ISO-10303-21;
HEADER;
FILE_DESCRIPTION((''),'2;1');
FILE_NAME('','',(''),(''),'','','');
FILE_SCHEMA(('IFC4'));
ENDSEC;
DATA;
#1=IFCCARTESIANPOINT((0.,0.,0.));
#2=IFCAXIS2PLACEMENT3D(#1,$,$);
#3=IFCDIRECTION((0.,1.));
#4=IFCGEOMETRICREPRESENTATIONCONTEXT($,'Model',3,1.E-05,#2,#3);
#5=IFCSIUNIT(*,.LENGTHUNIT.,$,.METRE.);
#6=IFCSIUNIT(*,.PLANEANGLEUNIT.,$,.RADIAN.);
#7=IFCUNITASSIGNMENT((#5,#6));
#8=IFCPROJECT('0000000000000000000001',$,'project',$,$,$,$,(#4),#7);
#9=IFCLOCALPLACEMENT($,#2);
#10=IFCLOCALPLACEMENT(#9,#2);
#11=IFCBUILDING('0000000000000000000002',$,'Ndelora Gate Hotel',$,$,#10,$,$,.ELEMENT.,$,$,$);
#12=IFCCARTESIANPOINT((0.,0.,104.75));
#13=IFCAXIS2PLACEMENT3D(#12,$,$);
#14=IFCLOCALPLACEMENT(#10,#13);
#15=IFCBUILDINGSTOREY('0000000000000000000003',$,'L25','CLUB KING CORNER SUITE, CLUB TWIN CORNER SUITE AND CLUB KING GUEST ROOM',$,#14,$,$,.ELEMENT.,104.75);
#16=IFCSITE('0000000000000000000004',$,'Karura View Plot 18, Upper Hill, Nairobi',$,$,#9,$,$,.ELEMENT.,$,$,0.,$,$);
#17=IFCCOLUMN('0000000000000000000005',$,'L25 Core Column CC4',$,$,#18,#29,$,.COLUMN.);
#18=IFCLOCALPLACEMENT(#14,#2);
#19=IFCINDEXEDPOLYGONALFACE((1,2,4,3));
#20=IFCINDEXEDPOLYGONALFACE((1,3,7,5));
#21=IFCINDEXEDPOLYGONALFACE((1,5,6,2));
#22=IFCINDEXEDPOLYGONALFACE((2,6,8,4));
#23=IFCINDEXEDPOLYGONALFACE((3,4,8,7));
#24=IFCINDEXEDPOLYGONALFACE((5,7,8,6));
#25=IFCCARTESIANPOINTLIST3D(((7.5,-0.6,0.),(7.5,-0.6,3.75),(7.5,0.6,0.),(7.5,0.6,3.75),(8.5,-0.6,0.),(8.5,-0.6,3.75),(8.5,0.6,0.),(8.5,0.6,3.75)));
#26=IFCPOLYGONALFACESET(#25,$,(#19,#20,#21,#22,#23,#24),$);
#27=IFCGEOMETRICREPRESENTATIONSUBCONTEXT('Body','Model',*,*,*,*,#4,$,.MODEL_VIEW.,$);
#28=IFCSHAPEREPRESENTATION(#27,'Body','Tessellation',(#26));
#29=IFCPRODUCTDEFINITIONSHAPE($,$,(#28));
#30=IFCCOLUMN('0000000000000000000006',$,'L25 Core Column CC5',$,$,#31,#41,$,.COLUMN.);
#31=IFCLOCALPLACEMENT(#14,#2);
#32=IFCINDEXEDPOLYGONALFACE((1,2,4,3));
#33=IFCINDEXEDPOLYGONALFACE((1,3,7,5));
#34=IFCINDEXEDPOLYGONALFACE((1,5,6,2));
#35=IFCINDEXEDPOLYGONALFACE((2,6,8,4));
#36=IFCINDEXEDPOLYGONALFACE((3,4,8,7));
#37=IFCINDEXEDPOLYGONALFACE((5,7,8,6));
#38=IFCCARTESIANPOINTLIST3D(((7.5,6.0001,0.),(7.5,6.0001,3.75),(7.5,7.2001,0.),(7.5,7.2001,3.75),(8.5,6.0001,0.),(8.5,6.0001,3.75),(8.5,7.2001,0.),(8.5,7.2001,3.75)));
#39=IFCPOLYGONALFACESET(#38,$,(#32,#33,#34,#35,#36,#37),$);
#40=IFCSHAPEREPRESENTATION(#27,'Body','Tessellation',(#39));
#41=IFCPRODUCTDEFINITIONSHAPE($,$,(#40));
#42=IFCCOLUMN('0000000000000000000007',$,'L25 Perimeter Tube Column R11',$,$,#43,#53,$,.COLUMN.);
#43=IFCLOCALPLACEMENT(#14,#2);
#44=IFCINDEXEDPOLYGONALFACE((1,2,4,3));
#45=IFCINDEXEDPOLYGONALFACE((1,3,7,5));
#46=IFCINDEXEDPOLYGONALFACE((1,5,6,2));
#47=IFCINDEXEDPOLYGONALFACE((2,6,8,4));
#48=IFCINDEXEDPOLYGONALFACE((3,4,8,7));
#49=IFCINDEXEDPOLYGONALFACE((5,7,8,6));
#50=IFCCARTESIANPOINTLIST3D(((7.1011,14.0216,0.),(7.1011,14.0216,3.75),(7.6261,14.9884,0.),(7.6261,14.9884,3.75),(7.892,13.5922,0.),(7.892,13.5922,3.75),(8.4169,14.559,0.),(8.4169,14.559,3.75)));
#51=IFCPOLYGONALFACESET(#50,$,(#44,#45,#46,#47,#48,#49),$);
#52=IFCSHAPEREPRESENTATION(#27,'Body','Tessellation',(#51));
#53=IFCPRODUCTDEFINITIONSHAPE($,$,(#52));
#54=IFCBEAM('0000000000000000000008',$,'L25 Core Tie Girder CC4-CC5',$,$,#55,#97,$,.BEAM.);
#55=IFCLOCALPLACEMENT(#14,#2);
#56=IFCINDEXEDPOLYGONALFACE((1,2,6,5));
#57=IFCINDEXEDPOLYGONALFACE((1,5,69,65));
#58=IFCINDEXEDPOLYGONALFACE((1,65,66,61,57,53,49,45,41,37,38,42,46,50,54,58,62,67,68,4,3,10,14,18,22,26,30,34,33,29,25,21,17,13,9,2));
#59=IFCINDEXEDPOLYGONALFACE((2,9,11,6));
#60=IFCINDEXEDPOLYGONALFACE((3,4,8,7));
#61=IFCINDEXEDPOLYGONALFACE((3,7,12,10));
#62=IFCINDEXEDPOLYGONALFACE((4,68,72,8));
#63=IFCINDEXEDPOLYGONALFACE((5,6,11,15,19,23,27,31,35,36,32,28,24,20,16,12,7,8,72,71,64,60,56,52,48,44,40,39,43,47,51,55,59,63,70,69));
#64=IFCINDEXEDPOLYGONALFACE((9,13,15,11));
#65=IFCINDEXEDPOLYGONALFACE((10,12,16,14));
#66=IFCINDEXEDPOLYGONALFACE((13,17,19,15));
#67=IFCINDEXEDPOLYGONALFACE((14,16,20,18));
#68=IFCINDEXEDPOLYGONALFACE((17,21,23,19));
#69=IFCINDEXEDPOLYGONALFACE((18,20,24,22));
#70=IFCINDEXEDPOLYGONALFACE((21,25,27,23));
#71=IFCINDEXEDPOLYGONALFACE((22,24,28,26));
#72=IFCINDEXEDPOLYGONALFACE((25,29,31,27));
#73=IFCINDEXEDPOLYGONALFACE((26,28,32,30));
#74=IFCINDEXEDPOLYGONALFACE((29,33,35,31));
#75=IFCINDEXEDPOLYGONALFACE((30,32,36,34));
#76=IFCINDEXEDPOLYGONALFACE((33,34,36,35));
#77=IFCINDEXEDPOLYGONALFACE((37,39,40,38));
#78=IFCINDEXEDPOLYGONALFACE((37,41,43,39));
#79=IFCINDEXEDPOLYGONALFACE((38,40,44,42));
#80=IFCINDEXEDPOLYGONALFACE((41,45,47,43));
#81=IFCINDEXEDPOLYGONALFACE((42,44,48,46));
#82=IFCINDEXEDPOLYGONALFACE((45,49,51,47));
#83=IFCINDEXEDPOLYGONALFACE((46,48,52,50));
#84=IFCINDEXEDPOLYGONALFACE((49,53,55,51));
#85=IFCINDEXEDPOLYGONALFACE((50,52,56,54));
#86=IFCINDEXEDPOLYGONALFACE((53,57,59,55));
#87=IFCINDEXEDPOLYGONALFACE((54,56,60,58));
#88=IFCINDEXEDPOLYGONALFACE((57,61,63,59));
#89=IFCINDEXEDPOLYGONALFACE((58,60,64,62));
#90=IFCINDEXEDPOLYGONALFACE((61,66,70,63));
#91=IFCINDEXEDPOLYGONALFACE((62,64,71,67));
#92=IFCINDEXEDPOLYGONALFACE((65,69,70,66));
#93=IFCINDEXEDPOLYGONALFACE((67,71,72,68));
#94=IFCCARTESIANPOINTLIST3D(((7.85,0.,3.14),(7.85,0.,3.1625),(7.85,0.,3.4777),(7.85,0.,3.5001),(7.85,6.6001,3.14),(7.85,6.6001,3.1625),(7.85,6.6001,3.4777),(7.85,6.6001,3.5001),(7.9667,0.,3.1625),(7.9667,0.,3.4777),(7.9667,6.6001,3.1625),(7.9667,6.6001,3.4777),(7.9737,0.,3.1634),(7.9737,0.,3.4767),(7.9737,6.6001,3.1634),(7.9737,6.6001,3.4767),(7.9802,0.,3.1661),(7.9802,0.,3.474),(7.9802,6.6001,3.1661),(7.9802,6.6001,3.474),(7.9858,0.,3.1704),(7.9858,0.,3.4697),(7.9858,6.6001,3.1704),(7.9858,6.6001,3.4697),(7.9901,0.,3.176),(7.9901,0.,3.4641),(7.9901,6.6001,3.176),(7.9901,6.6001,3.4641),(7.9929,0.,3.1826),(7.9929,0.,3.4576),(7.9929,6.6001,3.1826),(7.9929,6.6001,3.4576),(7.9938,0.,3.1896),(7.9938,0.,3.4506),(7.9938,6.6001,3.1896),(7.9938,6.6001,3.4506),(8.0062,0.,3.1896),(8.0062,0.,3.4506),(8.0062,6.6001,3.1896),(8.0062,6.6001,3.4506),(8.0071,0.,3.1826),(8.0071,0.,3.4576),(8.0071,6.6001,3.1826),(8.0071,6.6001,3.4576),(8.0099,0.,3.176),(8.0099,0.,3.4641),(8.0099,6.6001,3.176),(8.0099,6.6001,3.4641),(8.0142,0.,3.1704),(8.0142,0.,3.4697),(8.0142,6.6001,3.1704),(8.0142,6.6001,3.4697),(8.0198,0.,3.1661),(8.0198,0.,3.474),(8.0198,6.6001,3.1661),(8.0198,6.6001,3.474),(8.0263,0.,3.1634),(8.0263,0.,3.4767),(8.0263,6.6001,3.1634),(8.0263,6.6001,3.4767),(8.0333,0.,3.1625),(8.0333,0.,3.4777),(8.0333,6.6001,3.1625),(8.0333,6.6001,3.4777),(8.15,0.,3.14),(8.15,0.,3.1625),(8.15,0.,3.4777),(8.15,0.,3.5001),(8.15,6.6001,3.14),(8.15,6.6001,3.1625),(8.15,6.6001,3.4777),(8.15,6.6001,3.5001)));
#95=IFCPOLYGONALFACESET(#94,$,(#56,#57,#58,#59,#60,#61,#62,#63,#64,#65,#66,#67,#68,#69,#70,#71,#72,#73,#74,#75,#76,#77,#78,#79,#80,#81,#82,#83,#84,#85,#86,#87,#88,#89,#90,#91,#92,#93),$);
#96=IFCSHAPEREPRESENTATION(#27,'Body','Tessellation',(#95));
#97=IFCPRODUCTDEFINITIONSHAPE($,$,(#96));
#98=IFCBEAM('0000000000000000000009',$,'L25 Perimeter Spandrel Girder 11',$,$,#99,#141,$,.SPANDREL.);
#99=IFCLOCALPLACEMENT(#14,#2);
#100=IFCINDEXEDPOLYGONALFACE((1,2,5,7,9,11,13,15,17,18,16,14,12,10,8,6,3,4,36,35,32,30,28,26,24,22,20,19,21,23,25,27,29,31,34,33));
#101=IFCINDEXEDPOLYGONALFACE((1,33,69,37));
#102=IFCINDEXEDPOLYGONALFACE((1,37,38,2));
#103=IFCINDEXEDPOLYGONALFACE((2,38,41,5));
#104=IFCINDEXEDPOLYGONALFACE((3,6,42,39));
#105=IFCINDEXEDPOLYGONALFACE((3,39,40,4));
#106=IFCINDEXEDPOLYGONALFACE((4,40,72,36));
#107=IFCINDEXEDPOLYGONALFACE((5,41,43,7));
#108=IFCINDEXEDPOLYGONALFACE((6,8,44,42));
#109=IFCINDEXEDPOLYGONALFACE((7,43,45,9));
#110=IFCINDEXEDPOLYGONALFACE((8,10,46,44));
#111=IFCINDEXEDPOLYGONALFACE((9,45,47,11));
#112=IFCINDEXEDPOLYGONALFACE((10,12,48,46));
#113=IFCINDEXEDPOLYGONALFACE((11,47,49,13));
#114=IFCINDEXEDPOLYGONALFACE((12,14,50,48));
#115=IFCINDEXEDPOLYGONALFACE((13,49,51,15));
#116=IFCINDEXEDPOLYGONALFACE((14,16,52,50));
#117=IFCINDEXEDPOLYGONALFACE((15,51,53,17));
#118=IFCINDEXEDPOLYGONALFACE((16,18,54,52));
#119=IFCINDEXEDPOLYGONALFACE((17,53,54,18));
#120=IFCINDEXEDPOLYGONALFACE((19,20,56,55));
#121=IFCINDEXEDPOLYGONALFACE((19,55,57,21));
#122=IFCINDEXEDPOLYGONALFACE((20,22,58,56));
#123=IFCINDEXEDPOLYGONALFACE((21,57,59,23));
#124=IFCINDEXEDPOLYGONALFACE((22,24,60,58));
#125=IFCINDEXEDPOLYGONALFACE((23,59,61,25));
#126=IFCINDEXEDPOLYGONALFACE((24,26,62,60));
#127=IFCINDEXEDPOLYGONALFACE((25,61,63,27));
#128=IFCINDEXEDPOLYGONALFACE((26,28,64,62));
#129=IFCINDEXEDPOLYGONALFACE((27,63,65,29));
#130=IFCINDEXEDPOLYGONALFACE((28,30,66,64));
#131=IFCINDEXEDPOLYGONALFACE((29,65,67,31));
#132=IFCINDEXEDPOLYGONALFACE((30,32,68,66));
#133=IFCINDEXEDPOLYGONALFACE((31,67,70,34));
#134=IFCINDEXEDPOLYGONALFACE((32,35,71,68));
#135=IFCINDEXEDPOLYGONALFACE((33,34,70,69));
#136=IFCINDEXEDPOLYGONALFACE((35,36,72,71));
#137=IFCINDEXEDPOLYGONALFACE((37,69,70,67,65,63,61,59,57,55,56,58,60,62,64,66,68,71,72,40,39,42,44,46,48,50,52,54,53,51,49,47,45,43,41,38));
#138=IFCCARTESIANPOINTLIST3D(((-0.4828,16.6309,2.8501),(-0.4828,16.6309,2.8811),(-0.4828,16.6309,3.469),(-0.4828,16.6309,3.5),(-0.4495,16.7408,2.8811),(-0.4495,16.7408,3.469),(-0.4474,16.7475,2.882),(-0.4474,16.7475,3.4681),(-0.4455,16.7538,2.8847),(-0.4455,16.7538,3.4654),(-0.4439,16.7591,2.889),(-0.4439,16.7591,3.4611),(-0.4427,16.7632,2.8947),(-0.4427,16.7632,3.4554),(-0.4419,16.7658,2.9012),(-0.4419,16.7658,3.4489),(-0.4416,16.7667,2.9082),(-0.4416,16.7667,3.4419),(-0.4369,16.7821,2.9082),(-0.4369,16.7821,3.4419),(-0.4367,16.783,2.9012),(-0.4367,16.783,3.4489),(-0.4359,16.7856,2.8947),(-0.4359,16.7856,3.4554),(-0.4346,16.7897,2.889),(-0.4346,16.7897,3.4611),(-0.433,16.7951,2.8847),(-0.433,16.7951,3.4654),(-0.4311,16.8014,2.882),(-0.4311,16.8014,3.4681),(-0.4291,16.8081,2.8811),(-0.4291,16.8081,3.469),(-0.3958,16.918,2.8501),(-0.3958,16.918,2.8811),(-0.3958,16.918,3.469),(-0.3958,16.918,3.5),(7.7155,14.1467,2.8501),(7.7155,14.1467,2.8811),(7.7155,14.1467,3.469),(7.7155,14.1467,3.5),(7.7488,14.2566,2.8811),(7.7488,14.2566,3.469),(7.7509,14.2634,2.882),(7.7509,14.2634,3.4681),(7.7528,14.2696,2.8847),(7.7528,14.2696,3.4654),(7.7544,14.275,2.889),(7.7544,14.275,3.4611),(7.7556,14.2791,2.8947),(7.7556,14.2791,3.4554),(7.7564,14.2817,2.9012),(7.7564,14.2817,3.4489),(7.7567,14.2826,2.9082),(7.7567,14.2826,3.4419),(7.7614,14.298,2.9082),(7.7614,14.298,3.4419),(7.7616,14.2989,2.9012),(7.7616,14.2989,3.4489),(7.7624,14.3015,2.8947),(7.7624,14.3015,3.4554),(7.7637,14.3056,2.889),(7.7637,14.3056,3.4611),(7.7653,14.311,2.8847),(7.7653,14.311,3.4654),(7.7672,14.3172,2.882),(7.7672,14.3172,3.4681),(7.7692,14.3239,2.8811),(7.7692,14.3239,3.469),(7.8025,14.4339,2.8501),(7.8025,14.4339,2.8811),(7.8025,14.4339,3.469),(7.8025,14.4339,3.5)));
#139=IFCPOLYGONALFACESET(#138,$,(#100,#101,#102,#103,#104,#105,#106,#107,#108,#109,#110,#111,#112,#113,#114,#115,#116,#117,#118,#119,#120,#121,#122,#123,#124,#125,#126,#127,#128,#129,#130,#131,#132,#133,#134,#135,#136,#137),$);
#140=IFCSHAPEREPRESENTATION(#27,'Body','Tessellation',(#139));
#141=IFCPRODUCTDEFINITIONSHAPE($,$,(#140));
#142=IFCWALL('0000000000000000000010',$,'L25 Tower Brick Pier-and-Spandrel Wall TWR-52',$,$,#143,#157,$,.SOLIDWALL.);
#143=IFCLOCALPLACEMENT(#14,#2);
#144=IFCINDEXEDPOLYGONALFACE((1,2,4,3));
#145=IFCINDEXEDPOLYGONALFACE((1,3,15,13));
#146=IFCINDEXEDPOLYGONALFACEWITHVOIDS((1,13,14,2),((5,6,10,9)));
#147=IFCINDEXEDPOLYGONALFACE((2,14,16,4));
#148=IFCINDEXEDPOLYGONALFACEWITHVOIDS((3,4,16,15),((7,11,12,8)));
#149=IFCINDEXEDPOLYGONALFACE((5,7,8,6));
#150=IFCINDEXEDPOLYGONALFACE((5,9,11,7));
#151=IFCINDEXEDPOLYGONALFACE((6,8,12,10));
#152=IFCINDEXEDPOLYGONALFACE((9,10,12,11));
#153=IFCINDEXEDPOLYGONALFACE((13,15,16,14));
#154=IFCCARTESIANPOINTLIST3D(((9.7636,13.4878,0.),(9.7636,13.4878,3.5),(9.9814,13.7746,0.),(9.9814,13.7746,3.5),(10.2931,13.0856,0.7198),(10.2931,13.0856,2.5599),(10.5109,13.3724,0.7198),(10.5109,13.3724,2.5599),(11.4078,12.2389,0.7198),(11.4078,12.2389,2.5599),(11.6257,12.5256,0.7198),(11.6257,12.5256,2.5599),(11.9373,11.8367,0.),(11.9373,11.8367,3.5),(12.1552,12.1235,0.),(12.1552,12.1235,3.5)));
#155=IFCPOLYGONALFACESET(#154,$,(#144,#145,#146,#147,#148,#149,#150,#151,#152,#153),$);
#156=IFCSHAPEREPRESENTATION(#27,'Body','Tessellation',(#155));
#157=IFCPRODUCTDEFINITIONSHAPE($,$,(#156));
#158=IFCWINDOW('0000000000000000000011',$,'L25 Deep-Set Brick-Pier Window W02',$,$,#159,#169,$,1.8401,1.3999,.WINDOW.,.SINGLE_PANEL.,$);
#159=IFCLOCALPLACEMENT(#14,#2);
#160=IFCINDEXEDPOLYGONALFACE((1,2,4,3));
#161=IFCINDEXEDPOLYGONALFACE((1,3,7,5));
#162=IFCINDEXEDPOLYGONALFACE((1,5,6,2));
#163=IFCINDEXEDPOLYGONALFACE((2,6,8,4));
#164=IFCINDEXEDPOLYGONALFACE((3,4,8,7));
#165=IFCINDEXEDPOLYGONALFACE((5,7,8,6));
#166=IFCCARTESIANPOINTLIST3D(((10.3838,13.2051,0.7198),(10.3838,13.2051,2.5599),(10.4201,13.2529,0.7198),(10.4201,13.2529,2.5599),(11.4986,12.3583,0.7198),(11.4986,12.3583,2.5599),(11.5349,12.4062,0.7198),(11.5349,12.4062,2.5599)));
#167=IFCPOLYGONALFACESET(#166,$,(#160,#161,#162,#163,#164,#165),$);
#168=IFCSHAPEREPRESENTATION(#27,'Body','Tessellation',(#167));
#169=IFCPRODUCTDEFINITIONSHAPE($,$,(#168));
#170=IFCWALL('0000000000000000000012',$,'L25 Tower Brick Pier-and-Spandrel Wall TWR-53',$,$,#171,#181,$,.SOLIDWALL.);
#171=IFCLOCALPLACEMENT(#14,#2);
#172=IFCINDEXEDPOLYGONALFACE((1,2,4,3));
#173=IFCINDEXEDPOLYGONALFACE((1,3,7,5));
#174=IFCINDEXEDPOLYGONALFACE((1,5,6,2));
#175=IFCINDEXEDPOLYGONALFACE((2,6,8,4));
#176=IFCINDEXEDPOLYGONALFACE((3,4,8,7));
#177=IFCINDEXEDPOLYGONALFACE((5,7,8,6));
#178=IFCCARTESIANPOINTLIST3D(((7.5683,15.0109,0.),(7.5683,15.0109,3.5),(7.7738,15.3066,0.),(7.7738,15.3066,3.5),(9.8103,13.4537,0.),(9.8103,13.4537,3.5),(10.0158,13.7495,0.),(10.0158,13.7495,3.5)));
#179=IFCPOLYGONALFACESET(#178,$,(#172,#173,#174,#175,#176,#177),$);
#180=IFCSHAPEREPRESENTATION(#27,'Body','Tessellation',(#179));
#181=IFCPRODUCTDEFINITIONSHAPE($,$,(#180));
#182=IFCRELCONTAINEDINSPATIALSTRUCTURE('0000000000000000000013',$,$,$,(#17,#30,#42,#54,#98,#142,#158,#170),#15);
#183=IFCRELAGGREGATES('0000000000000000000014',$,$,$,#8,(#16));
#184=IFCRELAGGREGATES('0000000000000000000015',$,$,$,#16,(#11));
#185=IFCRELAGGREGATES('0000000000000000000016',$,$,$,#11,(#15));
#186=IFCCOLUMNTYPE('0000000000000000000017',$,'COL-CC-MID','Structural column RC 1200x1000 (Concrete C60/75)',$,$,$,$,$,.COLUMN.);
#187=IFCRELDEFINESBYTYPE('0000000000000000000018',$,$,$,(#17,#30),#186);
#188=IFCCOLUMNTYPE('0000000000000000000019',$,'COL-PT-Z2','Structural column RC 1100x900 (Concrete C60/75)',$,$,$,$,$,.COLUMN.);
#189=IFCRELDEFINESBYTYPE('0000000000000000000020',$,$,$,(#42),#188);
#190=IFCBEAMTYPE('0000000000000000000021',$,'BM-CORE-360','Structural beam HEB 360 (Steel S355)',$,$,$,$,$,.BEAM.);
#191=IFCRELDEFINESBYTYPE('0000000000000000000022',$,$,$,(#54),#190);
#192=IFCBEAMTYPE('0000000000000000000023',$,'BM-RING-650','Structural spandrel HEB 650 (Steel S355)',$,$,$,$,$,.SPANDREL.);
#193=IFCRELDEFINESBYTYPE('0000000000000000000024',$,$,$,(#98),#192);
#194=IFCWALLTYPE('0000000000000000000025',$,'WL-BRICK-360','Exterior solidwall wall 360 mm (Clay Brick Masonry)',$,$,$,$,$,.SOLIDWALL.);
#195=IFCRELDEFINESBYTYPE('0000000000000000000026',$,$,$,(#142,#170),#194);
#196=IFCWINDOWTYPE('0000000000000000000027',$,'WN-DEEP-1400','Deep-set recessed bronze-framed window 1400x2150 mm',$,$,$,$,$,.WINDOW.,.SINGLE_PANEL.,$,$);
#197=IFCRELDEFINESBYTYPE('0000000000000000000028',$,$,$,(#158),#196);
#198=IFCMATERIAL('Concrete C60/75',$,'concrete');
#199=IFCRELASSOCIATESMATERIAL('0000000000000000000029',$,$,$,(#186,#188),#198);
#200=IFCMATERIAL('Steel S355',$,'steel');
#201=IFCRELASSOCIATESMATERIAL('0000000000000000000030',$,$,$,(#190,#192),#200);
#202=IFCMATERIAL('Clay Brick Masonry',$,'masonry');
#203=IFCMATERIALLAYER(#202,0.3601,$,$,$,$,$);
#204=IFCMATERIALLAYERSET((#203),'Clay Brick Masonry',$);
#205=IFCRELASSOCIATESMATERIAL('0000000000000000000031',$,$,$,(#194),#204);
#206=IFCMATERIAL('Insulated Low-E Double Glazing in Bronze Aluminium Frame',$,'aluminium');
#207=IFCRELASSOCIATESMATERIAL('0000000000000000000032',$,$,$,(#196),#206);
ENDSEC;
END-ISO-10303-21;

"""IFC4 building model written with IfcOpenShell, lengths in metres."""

from ifc_helpers import new_model, si_unit, direction, frame, frame_2d, origin, origin_2d, place, context, subcontext, project, spatial, rectangle, i_section, extrude, material, layer, layer_set, material_profile, profile_set, type_object, element, fill, save


model = new_model("IFC4")

# Units and contexts
model_context = context("Model", 3, precision=1e-05, world=origin(), true_north=direction((0.0, 1.0)))
body_context = subcontext(model_context, "Body", "Model", "MODEL_VIEW")
ifc_project = project(units=[si_unit("LENGTHUNIT", "METRE"), si_unit("PLANEANGLEUNIT", "RADIAN")], contexts=[model_context])

# Site, building, storey
site_placement = place(None, origin())
site = spatial("IfcSite", under=ifc_project, at=site_placement, Name="Karura View Plot 18, Upper Hill, Nairobi", CompositionType="ELEMENT", RefElevation=0.0)
building_placement = place(site_placement, origin())
building = spatial("IfcBuilding", under=site, at=building_placement, Name="Ndelora Gate Hotel", CompositionType="ELEMENT")
storey_placement = place(building_placement, frame((0.0, 0.0, 104.75)))
storey = spatial("IfcBuildingStorey", under=building, at=storey_placement, Name="L25", Description="CLUB KING CORNER SUITE, CLUB TWIN CORNER SUITE AND CLUB KING GUEST ROOM", CompositionType="ELEMENT", Elevation=104.75)

# Columns
ifc_material_1 = material(Name="Concrete C60/75", Category="concrete")
ifc_material_profile_1 = material_profile(ifc_material_1, rectangle(XDim=1.0, YDim=1.2, at=origin_2d()), Name="RC 1200x1000")
ifc_profile_set_1 = profile_set([ifc_material_profile_1], Name="Concrete C60/75")
column_type_1 = type_object("IfcColumnType", Name="COL-CC-MID", Description="Structural column RC 1200x1000 (Concrete C60/75)", PredefinedType="COLUMN", material=ifc_profile_set_1)
for number, where, z_axis, x_axis, name in (
    (1, (8.0, 0.0, 0.0), (0.0, 0.0, 1.0), (1.0, 0.0, 0.0), "L25 Core Column CC4"),
    (2, (8.0, 6.6001, 0.0), (0.0, 0.0, 1.0), (1.0, 0.0, 0.0), "L25 Core Column CC5"),
):
    element("IfcColumn", number, at=place(storey_placement, frame(where, z_axis=z_axis, x_axis=x_axis)), inside=storey, type_object=column_type_1, Name=name, PredefinedType="COLUMN", context=body_context, shape_type="SweptSolid", body=[
        extrude(rectangle(XDim=1.0, YDim=1.2, at=origin_2d()), origin(), (0.0, 0.0, 1.0), 3.75),
    ])
ifc_material_profile_2 = material_profile(ifc_material_1, rectangle(XDim=0.8999, YDim=1.1001, at=origin_2d()), Name="RC 1100x900")
ifc_profile_set_2 = profile_set([ifc_material_profile_2], Name="Concrete C60/75")
column_type_2 = type_object("IfcColumnType", Name="COL-PT-Z2", Description="Structural column RC 1100x900 (Concrete C60/75)", PredefinedType="COLUMN", material=ifc_profile_set_2)
column_placement = place(storey_placement, frame((7.759, 14.2903, 0.0), z_axis=(0.0, 0.0, 1.0), x_axis=(-0.878817, 0.477159, 0.0)))
element("IfcColumn", 3, at=column_placement, inside=storey, type_object=column_type_2, Name="L25 Perimeter Tube Column R11", PredefinedType="COLUMN", context=body_context, shape_type="SweptSolid", body=[
    extrude(rectangle(XDim=0.8999, YDim=1.1001, at=origin_2d()), origin(), (0.0, 0.0, 1.0), 3.75),
])

# Beams
ifc_material_2 = material(Name="Steel S355", Category="steel")
ifc_material_profile_3 = material_profile(ifc_material_2, i_section(OverallWidth=0.3, OverallDepth=0.3601, WebThickness=0.0125, FlangeThickness=0.0225, FilletRadius=0.0271, at=origin_2d()), Name="HEB 360")
ifc_profile_set_3 = profile_set([ifc_material_profile_3], Name="Steel S355")
beam_type_1 = type_object("IfcBeamType", Name="BM-CORE-360", Description="Structural beam HEB 360 (Steel S355)", PredefinedType="BEAM", material=ifc_profile_set_3)
beam_1_placement = place(storey_placement, frame((8.0, 0.0, 3.3201), z_axis=(0.0, 1.0, 0.0), x_axis=(-1.0, 0.0, 0.0)))
element("IfcBeam", 4, at=beam_1_placement, inside=storey, type_object=beam_type_1, Name="L25 Core Tie Girder CC4-CC5", PredefinedType="BEAM", context=body_context, shape_type="SweptSolid", body=[
    extrude(i_section(OverallWidth=0.3, OverallDepth=0.3601, WebThickness=0.0125, FlangeThickness=0.0225, FilletRadius=0.0271, at=origin_2d()), origin(), (0.0, 0.0, 1.0), 6.6001),
])
ifc_material_profile_4 = material_profile(ifc_material_2, i_section(OverallWidth=0.3, OverallDepth=0.6499, WebThickness=0.0161, FlangeThickness=0.031, FilletRadius=0.0271, at=origin_2d()), Name="HEB 650")
ifc_profile_set_4 = profile_set([ifc_material_profile_4], Name="Steel S355")
beam_type_2 = type_object("IfcBeamType", Name="BM-RING-650", Description="Structural spandrel HEB 650 (Steel S355)", PredefinedType="SPANDREL", material=ifc_profile_set_4)
beam_2_placement = place(storey_placement, frame((7.759, 14.2903, 3.175), z_axis=(-0.95703, 0.289988, 0.0), x_axis=(-0.289988, -0.95703, 0.0)))
element("IfcBeam", 5, at=beam_2_placement, inside=storey, type_object=beam_type_2, Name="L25 Perimeter Spandrel Girder 11", PredefinedType="SPANDREL", context=body_context, shape_type="SweptSolid", body=[
    extrude(i_section(OverallWidth=0.3, OverallDepth=0.6499, WebThickness=0.0161, FlangeThickness=0.031, FilletRadius=0.0271, at=origin_2d()), origin(), (0.0, 0.0, 1.0), 8.5664),
])

# Wall, opening, window
ifc_material_3 = material(Name="Clay Brick Masonry", Category="masonry")
ifc_layer_1 = layer(ifc_material_3, 0.3601)
ifc_layer_set_1 = layer_set([ifc_layer_1], Name="Clay Brick Masonry")
wall_type_1 = type_object("IfcWallType", Name="WL-BRICK-360", Description="Exterior solidwall wall 360 mm (Clay Brick Masonry)", PredefinedType="SOLIDWALL", material=ifc_layer_set_1)
wall_1_placement = place(storey_placement, frame((9.8726, 13.6311, 0.0), z_axis=(0.0, 0.0, 1.0), x_axis=(0.796336, -0.604854, 0.0)))
wall_1 = element("IfcWall", 6, at=wall_1_placement, inside=storey, type_object=wall_type_1, Name="L25 Tower Brick Pier-and-Spandrel Wall TWR-52", PredefinedType="SOLIDWALL", context=body_context, shape_type="SweptSolid", body=[
    extrude(rectangle(XDim=2.7297, YDim=0.3601, at=frame_2d((1.3647, 0.0))), origin(), (0.0, 0.0, 1.0), 3.5),
])
opening_1_placement = place(wall_1_placement, frame((0.6648, 0.0, 0.72)))
opening_1 = element("IfcOpeningElement", 7, at=opening_1_placement, cuts=wall_1, PredefinedType="OPENING", context=body_context, shape_type="SweptSolid", body=[
    extrude(rectangle(XDim=1.3999, YDim=1.8401, at=frame_2d((0.7, 0.9199))), frame((0.0, 0.1899, 0.0), z_axis=(0.0, -1.0, 0.0), x_axis=(1.0, 0.0, 0.0)), (0.0, 0.0, 1.0), 0.3801),
])
ifc_material_4 = material(Name="Insulated Low-E Double Glazing in Bronze Aluminium Frame", Category="aluminium")
window_type = type_object("IfcWindowType", Name="WN-DEEP-1400", Description="Deep-set recessed bronze-framed window 1400x2150 mm", PartitioningType="SINGLE_PANEL", PredefinedType="WINDOW", material=ifc_material_4)
window_placement = place(opening_1_placement, origin())
window = element("IfcWindow", 8, at=window_placement, inside=storey, type_object=window_type, Name="L25 Deep-Set Brick-Pier Window W02", OverallHeight=1.8401, OverallWidth=1.3999, PartitioningType="SINGLE_PANEL", PredefinedType="WINDOW", context=body_context, shape_type="SweptSolid", body=[
    extrude(rectangle(XDim=1.3999, YDim=1.8401, at=frame_2d((0.7, 0.9199))), frame((0.0, 0.03, 0.0), z_axis=(0.0, -1.0, 0.0), x_axis=(1.0, 0.0, 0.0)), (0.0, 0.0, 1.0), 0.0601),
])
fill(opening_1, window)

# Wall
wall_2_placement = place(storey_placement, frame((7.6711, 15.1587, 0.0), z_axis=(0.0, 0.0, 1.0), x_axis=(0.821332, -0.570451, 0.0)))
element("IfcWall", 9, at=wall_2_placement, inside=storey, type_object=wall_type_1, Name="L25 Tower Brick Pier-and-Spandrel Wall TWR-53", PredefinedType="SOLIDWALL", context=body_context, shape_type="SweptSolid", body=[
    extrude(rectangle(XDim=2.7297, YDim=0.3601, at=frame_2d((1.3647, 0.0))), origin(), (0.0, 0.0, 1.0), 3.5),
])

save(model, "model.ifc")
